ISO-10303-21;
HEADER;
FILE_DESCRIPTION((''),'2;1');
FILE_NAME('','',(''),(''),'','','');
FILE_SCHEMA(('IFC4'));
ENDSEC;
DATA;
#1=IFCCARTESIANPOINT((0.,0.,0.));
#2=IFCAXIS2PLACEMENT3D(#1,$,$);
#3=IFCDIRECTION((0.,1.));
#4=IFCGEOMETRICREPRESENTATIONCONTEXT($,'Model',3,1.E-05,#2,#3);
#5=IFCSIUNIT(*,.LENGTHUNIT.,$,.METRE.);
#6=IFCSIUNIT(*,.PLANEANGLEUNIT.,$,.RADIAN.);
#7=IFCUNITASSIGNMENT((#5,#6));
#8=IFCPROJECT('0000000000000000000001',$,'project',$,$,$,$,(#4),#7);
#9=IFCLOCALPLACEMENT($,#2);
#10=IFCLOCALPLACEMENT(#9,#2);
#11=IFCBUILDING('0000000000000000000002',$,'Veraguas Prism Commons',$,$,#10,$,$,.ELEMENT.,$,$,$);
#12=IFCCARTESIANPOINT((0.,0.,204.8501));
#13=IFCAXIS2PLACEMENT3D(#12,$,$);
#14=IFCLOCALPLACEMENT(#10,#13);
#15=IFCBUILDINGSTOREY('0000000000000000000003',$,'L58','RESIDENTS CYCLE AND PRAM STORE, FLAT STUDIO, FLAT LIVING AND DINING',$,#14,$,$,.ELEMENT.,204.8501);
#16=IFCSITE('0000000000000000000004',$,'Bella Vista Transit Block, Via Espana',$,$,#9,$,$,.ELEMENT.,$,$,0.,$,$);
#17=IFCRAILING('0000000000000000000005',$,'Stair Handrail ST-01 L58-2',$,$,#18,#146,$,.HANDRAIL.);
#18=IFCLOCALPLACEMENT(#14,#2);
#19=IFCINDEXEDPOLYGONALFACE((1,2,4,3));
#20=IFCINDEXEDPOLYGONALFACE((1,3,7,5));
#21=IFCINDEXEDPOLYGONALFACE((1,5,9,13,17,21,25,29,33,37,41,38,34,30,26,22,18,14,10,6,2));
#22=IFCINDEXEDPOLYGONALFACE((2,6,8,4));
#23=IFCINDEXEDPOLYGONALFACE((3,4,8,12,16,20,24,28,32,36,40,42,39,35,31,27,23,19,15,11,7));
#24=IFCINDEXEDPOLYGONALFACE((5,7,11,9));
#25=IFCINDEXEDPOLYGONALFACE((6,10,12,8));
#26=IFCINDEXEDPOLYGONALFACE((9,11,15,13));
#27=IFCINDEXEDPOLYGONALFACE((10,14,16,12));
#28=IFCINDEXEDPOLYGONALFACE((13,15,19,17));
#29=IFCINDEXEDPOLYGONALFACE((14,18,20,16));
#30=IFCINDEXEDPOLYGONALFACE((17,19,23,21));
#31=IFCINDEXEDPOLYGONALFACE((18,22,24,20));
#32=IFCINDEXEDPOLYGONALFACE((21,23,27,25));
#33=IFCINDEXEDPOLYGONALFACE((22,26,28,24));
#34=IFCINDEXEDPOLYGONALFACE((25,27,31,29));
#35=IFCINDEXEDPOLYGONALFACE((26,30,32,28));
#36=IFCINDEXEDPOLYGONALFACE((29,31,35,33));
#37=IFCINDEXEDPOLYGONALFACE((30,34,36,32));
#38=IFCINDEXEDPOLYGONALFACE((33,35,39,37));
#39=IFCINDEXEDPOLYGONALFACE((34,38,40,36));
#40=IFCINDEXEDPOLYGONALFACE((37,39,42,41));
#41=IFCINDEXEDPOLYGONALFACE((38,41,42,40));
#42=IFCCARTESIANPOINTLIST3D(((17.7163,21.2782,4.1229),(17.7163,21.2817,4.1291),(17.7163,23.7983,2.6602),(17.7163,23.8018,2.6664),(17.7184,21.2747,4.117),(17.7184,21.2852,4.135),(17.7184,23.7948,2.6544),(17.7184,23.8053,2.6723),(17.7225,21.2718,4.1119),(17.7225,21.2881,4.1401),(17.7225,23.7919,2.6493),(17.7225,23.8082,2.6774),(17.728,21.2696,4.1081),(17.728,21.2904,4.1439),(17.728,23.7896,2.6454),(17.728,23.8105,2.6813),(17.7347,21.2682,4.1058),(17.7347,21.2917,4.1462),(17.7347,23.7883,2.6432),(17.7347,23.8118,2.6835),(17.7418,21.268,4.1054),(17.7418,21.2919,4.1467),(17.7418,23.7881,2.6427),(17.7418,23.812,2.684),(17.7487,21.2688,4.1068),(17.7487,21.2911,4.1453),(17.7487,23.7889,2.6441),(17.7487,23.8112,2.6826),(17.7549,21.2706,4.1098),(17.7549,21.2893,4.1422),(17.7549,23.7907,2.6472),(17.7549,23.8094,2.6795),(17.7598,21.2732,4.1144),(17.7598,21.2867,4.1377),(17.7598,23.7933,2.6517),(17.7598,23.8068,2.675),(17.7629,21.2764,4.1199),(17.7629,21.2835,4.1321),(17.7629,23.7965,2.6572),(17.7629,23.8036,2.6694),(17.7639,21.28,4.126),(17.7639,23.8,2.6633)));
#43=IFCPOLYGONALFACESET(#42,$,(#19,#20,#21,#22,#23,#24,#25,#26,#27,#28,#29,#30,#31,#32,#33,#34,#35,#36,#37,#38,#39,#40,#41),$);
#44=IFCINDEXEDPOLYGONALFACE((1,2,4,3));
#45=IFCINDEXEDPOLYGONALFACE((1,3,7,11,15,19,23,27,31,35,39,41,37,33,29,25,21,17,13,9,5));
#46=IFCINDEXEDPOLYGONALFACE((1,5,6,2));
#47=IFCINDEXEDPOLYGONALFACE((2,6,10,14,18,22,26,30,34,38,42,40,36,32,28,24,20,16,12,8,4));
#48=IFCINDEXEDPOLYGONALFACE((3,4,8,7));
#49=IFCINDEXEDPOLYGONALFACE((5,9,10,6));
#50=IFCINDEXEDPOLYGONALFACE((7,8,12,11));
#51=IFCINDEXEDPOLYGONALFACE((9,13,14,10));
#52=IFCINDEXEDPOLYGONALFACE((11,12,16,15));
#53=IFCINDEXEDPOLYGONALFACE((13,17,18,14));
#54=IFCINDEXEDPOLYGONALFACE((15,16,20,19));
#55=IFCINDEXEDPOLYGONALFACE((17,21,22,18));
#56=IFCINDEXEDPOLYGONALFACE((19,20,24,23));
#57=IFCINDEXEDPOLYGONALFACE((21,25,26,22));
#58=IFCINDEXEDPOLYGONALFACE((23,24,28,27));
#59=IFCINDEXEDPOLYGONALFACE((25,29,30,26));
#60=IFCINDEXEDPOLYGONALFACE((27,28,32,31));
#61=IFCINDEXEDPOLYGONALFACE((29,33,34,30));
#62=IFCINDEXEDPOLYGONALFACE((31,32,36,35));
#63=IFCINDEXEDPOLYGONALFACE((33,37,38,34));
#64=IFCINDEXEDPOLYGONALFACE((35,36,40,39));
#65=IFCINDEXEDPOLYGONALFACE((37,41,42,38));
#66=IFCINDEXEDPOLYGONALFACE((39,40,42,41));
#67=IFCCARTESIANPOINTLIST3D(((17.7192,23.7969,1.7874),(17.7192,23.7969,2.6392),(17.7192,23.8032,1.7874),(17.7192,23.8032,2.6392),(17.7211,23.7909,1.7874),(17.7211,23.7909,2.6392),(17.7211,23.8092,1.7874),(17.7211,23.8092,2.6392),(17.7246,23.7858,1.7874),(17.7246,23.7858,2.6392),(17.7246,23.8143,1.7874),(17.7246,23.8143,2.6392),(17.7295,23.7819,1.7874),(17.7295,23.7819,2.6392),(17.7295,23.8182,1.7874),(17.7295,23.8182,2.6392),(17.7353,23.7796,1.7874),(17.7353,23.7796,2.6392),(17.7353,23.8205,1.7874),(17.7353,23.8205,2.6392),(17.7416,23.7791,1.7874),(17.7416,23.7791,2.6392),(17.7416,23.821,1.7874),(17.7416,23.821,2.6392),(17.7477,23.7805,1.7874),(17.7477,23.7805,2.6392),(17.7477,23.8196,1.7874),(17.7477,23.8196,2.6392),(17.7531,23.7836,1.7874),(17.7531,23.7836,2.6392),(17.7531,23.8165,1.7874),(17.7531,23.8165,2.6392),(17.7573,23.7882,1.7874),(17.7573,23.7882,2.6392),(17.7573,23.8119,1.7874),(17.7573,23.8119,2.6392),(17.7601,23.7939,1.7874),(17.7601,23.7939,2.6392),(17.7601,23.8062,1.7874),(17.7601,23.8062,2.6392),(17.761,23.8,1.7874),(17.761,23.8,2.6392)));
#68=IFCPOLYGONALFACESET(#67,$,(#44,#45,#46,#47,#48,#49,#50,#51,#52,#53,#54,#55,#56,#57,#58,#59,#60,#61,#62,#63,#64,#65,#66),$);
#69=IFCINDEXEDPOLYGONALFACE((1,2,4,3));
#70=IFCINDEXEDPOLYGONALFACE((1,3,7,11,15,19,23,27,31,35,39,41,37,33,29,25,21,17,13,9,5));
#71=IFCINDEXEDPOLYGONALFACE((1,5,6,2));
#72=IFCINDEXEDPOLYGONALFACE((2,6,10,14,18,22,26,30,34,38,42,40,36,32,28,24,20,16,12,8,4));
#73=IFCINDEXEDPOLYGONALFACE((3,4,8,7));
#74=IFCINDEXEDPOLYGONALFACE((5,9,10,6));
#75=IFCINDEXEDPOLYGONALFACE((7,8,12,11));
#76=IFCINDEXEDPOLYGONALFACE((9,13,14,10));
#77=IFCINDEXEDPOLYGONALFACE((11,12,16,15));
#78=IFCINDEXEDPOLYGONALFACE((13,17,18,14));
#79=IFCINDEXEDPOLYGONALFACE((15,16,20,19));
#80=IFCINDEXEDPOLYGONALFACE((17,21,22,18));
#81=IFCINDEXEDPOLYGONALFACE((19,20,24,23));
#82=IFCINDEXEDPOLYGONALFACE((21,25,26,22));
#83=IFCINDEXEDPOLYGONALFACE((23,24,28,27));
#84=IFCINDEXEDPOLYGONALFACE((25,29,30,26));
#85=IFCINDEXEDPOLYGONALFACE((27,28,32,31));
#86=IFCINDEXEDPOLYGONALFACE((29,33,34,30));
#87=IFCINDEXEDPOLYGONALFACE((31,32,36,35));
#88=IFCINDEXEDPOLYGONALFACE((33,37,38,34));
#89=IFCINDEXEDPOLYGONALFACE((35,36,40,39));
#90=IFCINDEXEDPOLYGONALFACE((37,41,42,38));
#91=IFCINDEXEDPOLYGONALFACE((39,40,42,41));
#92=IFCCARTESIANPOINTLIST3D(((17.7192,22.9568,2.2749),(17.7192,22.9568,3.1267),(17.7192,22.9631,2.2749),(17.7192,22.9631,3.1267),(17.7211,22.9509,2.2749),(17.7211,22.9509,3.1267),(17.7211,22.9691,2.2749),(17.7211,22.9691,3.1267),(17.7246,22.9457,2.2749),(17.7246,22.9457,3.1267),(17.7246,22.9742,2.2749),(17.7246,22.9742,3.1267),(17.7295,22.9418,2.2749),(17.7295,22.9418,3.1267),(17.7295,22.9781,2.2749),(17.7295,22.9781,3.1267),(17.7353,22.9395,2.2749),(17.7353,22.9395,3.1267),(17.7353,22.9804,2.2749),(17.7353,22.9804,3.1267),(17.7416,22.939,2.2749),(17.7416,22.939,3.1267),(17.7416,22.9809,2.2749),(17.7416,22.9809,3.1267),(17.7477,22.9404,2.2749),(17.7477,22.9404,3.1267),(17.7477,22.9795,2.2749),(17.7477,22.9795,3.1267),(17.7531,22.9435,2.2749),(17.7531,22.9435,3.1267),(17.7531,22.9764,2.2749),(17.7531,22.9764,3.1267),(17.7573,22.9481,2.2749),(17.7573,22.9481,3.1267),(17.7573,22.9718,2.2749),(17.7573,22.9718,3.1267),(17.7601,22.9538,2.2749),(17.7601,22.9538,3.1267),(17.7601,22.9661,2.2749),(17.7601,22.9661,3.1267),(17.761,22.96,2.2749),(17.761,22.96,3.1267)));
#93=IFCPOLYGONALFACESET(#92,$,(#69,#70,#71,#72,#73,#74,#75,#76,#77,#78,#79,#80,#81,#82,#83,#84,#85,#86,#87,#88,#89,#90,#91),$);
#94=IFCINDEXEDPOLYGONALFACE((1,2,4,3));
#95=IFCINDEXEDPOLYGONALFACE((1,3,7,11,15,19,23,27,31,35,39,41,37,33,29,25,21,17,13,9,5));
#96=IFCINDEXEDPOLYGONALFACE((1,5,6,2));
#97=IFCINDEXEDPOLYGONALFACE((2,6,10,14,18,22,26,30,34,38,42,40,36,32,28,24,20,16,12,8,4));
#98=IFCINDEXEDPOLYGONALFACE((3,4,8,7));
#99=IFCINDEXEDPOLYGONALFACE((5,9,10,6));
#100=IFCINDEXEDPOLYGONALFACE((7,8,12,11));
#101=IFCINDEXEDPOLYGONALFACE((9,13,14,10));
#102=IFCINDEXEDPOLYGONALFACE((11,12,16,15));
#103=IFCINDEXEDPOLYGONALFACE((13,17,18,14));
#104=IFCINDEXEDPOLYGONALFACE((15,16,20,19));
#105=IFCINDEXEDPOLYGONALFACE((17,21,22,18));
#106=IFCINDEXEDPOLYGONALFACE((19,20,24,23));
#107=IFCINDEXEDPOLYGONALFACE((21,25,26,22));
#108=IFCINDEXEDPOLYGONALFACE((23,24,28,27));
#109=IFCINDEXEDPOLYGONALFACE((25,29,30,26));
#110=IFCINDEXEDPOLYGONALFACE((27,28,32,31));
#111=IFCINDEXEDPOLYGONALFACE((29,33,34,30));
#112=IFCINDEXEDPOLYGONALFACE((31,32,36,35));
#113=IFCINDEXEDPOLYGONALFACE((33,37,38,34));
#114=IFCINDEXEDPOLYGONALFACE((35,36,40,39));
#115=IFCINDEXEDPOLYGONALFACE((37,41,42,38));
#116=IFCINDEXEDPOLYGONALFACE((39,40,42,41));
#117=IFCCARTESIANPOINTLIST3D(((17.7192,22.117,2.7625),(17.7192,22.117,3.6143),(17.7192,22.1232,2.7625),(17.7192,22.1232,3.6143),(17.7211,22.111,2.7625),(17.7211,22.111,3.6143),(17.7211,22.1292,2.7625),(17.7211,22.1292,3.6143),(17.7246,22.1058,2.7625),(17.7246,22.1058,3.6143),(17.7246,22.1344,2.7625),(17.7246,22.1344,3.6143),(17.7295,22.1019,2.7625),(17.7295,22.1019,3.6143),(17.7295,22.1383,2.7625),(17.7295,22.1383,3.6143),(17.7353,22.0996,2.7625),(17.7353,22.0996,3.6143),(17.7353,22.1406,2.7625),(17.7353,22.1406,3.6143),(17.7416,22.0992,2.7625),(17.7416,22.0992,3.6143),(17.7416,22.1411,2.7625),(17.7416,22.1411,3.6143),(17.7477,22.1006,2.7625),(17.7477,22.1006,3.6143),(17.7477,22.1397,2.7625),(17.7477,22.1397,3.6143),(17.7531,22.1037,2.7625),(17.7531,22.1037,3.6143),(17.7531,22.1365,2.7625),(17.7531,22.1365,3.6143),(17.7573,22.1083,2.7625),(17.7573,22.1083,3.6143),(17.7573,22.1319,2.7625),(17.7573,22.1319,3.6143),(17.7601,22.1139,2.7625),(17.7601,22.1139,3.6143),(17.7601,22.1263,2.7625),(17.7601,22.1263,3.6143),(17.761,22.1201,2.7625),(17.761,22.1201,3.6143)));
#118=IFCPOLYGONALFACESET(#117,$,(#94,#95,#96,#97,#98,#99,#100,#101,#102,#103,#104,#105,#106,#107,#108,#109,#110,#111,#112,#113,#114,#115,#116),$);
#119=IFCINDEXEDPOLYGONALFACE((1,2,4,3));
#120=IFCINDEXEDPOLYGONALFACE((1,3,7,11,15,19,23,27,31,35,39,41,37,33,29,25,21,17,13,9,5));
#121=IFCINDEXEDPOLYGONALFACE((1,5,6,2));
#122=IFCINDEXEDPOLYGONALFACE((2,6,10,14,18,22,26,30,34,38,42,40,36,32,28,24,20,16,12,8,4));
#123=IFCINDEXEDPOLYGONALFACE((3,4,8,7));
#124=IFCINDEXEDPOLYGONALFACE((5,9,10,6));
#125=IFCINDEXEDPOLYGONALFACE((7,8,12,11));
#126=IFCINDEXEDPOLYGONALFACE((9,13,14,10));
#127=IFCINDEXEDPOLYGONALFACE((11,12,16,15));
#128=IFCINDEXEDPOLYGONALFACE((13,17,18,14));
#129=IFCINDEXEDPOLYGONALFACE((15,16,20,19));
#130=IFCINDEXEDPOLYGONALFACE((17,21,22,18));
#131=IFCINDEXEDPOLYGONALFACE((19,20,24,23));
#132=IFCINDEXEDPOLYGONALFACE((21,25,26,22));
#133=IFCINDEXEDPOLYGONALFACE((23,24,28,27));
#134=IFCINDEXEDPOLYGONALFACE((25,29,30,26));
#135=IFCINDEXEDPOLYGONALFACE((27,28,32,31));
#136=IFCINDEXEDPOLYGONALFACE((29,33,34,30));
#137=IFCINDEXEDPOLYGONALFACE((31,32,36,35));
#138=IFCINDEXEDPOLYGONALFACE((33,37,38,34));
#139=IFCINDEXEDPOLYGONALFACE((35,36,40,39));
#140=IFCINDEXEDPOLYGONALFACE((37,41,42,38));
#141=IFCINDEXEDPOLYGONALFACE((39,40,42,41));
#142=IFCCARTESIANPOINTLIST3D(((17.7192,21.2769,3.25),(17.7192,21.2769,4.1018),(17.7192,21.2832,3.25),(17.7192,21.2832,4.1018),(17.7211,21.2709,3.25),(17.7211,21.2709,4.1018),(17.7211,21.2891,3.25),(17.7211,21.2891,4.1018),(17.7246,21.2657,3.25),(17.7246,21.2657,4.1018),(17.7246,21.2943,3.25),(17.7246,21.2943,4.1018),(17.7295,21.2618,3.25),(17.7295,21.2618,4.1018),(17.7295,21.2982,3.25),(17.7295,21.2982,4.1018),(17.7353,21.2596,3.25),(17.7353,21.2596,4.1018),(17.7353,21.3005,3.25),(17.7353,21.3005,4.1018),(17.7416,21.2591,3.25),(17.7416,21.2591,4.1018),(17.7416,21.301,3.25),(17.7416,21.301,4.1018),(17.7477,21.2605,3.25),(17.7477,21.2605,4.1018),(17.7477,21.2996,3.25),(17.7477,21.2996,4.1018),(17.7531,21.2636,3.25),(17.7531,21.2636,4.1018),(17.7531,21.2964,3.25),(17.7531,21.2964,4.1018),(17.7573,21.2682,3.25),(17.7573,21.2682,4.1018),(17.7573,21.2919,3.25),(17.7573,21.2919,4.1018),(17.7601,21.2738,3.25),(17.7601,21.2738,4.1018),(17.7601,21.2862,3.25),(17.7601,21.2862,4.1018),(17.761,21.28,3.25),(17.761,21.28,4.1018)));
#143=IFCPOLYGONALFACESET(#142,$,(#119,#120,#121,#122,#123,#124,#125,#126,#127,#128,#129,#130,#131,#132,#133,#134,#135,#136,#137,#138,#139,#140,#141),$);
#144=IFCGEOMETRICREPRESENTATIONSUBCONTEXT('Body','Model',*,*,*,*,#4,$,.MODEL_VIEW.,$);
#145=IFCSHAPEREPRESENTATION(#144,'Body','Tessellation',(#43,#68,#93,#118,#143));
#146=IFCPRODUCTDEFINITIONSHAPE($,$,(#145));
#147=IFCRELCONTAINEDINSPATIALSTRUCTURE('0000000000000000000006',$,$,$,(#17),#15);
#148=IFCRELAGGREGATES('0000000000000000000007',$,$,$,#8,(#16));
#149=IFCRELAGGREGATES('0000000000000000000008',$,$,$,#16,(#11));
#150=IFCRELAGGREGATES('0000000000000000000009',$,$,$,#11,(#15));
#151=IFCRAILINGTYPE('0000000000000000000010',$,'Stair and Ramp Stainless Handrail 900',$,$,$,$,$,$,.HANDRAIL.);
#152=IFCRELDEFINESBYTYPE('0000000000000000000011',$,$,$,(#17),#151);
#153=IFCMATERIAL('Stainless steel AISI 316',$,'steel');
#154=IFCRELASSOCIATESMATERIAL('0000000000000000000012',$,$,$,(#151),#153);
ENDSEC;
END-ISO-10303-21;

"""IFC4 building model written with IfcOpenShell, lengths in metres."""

from ifc_helpers import new_model, si_unit, direction, frame, origin, origin_2d, place, context, subcontext, project, spatial, circle, extrude, material, type_object, element, save


model = new_model("IFC4")

# Units and contexts
model_context = context("Model", 3, precision=1e-05, world=origin(), true_north=direction((0.0, 1.0)))
body_context = subcontext(model_context, "Body", "Model", "MODEL_VIEW")
ifc_project = project(units=[si_unit("LENGTHUNIT", "METRE"), si_unit("PLANEANGLEUNIT", "RADIAN")], contexts=[model_context])

# Site, building, storey
site_placement = place(None, origin())
site = spatial("IfcSite", under=ifc_project, at=site_placement, Name="Bella Vista Transit Block, Via Espana", CompositionType="ELEMENT", RefElevation=0.0)
building_placement = place(site_placement, origin())
building = spatial("IfcBuilding", under=site, at=building_placement, Name="Veraguas Prism Commons", CompositionType="ELEMENT")
storey_placement = place(building_placement, frame((0.0, 0.0, 204.8501)))
storey = spatial("IfcBuildingStorey", under=building, at=storey_placement, Name="L58", Description="RESIDENTS CYCLE AND PRAM STORE, FLAT STUDIO, FLAT LIVING AND DINING", CompositionType="ELEMENT", Elevation=204.8501)

# Shared definitions
ifc_material_1 = material(Name="Stainless steel AISI 316", Category="steel")

# Railing
railing_type_1 = type_object("IfcRailingType", Name="Stair and Ramp Stainless Handrail 900", PredefinedType="HANDRAIL", material=ifc_material_1)
railing_1_placement = place(storey_placement, frame((17.74, 23.8, 1.7874)))
element("IfcRailing", 1, at=railing_1_placement, inside=storey, type_object=railing_type_1, Name="Stair Handrail ST-01 L58-2", PredefinedType="HANDRAIL", context=body_context, shape_type="SweptSolid", body=[
    extrude(circle(Radius=0.0239, at=origin_2d()), frame((0.0, 0.0, 0.876), z_axis=(0.0, -0.864877, 0.501984), x_axis=(1.0, 0.0, 0.0)), (0.0, 0.0, 1.0), 2.9138),
    extrude(circle(Radius=0.021, at=origin_2d()), origin(), (0.0, 0.0, 1.0), 0.8518),
    extrude(circle(Radius=0.021, at=origin_2d()), frame((0.0, -0.8401, 0.4875)), (0.0, 0.0, 1.0), 0.8518),
    extrude(circle(Radius=0.021, at=origin_2d()), frame((0.0, -1.6799, 0.9751)), (0.0, 0.0, 1.0), 0.8518),
    extrude(circle(Radius=0.021, at=origin_2d()), frame((0.0, -2.52, 1.4626)), (0.0, 0.0, 1.0), 0.8518),
])

save(model, "model.ifc")
